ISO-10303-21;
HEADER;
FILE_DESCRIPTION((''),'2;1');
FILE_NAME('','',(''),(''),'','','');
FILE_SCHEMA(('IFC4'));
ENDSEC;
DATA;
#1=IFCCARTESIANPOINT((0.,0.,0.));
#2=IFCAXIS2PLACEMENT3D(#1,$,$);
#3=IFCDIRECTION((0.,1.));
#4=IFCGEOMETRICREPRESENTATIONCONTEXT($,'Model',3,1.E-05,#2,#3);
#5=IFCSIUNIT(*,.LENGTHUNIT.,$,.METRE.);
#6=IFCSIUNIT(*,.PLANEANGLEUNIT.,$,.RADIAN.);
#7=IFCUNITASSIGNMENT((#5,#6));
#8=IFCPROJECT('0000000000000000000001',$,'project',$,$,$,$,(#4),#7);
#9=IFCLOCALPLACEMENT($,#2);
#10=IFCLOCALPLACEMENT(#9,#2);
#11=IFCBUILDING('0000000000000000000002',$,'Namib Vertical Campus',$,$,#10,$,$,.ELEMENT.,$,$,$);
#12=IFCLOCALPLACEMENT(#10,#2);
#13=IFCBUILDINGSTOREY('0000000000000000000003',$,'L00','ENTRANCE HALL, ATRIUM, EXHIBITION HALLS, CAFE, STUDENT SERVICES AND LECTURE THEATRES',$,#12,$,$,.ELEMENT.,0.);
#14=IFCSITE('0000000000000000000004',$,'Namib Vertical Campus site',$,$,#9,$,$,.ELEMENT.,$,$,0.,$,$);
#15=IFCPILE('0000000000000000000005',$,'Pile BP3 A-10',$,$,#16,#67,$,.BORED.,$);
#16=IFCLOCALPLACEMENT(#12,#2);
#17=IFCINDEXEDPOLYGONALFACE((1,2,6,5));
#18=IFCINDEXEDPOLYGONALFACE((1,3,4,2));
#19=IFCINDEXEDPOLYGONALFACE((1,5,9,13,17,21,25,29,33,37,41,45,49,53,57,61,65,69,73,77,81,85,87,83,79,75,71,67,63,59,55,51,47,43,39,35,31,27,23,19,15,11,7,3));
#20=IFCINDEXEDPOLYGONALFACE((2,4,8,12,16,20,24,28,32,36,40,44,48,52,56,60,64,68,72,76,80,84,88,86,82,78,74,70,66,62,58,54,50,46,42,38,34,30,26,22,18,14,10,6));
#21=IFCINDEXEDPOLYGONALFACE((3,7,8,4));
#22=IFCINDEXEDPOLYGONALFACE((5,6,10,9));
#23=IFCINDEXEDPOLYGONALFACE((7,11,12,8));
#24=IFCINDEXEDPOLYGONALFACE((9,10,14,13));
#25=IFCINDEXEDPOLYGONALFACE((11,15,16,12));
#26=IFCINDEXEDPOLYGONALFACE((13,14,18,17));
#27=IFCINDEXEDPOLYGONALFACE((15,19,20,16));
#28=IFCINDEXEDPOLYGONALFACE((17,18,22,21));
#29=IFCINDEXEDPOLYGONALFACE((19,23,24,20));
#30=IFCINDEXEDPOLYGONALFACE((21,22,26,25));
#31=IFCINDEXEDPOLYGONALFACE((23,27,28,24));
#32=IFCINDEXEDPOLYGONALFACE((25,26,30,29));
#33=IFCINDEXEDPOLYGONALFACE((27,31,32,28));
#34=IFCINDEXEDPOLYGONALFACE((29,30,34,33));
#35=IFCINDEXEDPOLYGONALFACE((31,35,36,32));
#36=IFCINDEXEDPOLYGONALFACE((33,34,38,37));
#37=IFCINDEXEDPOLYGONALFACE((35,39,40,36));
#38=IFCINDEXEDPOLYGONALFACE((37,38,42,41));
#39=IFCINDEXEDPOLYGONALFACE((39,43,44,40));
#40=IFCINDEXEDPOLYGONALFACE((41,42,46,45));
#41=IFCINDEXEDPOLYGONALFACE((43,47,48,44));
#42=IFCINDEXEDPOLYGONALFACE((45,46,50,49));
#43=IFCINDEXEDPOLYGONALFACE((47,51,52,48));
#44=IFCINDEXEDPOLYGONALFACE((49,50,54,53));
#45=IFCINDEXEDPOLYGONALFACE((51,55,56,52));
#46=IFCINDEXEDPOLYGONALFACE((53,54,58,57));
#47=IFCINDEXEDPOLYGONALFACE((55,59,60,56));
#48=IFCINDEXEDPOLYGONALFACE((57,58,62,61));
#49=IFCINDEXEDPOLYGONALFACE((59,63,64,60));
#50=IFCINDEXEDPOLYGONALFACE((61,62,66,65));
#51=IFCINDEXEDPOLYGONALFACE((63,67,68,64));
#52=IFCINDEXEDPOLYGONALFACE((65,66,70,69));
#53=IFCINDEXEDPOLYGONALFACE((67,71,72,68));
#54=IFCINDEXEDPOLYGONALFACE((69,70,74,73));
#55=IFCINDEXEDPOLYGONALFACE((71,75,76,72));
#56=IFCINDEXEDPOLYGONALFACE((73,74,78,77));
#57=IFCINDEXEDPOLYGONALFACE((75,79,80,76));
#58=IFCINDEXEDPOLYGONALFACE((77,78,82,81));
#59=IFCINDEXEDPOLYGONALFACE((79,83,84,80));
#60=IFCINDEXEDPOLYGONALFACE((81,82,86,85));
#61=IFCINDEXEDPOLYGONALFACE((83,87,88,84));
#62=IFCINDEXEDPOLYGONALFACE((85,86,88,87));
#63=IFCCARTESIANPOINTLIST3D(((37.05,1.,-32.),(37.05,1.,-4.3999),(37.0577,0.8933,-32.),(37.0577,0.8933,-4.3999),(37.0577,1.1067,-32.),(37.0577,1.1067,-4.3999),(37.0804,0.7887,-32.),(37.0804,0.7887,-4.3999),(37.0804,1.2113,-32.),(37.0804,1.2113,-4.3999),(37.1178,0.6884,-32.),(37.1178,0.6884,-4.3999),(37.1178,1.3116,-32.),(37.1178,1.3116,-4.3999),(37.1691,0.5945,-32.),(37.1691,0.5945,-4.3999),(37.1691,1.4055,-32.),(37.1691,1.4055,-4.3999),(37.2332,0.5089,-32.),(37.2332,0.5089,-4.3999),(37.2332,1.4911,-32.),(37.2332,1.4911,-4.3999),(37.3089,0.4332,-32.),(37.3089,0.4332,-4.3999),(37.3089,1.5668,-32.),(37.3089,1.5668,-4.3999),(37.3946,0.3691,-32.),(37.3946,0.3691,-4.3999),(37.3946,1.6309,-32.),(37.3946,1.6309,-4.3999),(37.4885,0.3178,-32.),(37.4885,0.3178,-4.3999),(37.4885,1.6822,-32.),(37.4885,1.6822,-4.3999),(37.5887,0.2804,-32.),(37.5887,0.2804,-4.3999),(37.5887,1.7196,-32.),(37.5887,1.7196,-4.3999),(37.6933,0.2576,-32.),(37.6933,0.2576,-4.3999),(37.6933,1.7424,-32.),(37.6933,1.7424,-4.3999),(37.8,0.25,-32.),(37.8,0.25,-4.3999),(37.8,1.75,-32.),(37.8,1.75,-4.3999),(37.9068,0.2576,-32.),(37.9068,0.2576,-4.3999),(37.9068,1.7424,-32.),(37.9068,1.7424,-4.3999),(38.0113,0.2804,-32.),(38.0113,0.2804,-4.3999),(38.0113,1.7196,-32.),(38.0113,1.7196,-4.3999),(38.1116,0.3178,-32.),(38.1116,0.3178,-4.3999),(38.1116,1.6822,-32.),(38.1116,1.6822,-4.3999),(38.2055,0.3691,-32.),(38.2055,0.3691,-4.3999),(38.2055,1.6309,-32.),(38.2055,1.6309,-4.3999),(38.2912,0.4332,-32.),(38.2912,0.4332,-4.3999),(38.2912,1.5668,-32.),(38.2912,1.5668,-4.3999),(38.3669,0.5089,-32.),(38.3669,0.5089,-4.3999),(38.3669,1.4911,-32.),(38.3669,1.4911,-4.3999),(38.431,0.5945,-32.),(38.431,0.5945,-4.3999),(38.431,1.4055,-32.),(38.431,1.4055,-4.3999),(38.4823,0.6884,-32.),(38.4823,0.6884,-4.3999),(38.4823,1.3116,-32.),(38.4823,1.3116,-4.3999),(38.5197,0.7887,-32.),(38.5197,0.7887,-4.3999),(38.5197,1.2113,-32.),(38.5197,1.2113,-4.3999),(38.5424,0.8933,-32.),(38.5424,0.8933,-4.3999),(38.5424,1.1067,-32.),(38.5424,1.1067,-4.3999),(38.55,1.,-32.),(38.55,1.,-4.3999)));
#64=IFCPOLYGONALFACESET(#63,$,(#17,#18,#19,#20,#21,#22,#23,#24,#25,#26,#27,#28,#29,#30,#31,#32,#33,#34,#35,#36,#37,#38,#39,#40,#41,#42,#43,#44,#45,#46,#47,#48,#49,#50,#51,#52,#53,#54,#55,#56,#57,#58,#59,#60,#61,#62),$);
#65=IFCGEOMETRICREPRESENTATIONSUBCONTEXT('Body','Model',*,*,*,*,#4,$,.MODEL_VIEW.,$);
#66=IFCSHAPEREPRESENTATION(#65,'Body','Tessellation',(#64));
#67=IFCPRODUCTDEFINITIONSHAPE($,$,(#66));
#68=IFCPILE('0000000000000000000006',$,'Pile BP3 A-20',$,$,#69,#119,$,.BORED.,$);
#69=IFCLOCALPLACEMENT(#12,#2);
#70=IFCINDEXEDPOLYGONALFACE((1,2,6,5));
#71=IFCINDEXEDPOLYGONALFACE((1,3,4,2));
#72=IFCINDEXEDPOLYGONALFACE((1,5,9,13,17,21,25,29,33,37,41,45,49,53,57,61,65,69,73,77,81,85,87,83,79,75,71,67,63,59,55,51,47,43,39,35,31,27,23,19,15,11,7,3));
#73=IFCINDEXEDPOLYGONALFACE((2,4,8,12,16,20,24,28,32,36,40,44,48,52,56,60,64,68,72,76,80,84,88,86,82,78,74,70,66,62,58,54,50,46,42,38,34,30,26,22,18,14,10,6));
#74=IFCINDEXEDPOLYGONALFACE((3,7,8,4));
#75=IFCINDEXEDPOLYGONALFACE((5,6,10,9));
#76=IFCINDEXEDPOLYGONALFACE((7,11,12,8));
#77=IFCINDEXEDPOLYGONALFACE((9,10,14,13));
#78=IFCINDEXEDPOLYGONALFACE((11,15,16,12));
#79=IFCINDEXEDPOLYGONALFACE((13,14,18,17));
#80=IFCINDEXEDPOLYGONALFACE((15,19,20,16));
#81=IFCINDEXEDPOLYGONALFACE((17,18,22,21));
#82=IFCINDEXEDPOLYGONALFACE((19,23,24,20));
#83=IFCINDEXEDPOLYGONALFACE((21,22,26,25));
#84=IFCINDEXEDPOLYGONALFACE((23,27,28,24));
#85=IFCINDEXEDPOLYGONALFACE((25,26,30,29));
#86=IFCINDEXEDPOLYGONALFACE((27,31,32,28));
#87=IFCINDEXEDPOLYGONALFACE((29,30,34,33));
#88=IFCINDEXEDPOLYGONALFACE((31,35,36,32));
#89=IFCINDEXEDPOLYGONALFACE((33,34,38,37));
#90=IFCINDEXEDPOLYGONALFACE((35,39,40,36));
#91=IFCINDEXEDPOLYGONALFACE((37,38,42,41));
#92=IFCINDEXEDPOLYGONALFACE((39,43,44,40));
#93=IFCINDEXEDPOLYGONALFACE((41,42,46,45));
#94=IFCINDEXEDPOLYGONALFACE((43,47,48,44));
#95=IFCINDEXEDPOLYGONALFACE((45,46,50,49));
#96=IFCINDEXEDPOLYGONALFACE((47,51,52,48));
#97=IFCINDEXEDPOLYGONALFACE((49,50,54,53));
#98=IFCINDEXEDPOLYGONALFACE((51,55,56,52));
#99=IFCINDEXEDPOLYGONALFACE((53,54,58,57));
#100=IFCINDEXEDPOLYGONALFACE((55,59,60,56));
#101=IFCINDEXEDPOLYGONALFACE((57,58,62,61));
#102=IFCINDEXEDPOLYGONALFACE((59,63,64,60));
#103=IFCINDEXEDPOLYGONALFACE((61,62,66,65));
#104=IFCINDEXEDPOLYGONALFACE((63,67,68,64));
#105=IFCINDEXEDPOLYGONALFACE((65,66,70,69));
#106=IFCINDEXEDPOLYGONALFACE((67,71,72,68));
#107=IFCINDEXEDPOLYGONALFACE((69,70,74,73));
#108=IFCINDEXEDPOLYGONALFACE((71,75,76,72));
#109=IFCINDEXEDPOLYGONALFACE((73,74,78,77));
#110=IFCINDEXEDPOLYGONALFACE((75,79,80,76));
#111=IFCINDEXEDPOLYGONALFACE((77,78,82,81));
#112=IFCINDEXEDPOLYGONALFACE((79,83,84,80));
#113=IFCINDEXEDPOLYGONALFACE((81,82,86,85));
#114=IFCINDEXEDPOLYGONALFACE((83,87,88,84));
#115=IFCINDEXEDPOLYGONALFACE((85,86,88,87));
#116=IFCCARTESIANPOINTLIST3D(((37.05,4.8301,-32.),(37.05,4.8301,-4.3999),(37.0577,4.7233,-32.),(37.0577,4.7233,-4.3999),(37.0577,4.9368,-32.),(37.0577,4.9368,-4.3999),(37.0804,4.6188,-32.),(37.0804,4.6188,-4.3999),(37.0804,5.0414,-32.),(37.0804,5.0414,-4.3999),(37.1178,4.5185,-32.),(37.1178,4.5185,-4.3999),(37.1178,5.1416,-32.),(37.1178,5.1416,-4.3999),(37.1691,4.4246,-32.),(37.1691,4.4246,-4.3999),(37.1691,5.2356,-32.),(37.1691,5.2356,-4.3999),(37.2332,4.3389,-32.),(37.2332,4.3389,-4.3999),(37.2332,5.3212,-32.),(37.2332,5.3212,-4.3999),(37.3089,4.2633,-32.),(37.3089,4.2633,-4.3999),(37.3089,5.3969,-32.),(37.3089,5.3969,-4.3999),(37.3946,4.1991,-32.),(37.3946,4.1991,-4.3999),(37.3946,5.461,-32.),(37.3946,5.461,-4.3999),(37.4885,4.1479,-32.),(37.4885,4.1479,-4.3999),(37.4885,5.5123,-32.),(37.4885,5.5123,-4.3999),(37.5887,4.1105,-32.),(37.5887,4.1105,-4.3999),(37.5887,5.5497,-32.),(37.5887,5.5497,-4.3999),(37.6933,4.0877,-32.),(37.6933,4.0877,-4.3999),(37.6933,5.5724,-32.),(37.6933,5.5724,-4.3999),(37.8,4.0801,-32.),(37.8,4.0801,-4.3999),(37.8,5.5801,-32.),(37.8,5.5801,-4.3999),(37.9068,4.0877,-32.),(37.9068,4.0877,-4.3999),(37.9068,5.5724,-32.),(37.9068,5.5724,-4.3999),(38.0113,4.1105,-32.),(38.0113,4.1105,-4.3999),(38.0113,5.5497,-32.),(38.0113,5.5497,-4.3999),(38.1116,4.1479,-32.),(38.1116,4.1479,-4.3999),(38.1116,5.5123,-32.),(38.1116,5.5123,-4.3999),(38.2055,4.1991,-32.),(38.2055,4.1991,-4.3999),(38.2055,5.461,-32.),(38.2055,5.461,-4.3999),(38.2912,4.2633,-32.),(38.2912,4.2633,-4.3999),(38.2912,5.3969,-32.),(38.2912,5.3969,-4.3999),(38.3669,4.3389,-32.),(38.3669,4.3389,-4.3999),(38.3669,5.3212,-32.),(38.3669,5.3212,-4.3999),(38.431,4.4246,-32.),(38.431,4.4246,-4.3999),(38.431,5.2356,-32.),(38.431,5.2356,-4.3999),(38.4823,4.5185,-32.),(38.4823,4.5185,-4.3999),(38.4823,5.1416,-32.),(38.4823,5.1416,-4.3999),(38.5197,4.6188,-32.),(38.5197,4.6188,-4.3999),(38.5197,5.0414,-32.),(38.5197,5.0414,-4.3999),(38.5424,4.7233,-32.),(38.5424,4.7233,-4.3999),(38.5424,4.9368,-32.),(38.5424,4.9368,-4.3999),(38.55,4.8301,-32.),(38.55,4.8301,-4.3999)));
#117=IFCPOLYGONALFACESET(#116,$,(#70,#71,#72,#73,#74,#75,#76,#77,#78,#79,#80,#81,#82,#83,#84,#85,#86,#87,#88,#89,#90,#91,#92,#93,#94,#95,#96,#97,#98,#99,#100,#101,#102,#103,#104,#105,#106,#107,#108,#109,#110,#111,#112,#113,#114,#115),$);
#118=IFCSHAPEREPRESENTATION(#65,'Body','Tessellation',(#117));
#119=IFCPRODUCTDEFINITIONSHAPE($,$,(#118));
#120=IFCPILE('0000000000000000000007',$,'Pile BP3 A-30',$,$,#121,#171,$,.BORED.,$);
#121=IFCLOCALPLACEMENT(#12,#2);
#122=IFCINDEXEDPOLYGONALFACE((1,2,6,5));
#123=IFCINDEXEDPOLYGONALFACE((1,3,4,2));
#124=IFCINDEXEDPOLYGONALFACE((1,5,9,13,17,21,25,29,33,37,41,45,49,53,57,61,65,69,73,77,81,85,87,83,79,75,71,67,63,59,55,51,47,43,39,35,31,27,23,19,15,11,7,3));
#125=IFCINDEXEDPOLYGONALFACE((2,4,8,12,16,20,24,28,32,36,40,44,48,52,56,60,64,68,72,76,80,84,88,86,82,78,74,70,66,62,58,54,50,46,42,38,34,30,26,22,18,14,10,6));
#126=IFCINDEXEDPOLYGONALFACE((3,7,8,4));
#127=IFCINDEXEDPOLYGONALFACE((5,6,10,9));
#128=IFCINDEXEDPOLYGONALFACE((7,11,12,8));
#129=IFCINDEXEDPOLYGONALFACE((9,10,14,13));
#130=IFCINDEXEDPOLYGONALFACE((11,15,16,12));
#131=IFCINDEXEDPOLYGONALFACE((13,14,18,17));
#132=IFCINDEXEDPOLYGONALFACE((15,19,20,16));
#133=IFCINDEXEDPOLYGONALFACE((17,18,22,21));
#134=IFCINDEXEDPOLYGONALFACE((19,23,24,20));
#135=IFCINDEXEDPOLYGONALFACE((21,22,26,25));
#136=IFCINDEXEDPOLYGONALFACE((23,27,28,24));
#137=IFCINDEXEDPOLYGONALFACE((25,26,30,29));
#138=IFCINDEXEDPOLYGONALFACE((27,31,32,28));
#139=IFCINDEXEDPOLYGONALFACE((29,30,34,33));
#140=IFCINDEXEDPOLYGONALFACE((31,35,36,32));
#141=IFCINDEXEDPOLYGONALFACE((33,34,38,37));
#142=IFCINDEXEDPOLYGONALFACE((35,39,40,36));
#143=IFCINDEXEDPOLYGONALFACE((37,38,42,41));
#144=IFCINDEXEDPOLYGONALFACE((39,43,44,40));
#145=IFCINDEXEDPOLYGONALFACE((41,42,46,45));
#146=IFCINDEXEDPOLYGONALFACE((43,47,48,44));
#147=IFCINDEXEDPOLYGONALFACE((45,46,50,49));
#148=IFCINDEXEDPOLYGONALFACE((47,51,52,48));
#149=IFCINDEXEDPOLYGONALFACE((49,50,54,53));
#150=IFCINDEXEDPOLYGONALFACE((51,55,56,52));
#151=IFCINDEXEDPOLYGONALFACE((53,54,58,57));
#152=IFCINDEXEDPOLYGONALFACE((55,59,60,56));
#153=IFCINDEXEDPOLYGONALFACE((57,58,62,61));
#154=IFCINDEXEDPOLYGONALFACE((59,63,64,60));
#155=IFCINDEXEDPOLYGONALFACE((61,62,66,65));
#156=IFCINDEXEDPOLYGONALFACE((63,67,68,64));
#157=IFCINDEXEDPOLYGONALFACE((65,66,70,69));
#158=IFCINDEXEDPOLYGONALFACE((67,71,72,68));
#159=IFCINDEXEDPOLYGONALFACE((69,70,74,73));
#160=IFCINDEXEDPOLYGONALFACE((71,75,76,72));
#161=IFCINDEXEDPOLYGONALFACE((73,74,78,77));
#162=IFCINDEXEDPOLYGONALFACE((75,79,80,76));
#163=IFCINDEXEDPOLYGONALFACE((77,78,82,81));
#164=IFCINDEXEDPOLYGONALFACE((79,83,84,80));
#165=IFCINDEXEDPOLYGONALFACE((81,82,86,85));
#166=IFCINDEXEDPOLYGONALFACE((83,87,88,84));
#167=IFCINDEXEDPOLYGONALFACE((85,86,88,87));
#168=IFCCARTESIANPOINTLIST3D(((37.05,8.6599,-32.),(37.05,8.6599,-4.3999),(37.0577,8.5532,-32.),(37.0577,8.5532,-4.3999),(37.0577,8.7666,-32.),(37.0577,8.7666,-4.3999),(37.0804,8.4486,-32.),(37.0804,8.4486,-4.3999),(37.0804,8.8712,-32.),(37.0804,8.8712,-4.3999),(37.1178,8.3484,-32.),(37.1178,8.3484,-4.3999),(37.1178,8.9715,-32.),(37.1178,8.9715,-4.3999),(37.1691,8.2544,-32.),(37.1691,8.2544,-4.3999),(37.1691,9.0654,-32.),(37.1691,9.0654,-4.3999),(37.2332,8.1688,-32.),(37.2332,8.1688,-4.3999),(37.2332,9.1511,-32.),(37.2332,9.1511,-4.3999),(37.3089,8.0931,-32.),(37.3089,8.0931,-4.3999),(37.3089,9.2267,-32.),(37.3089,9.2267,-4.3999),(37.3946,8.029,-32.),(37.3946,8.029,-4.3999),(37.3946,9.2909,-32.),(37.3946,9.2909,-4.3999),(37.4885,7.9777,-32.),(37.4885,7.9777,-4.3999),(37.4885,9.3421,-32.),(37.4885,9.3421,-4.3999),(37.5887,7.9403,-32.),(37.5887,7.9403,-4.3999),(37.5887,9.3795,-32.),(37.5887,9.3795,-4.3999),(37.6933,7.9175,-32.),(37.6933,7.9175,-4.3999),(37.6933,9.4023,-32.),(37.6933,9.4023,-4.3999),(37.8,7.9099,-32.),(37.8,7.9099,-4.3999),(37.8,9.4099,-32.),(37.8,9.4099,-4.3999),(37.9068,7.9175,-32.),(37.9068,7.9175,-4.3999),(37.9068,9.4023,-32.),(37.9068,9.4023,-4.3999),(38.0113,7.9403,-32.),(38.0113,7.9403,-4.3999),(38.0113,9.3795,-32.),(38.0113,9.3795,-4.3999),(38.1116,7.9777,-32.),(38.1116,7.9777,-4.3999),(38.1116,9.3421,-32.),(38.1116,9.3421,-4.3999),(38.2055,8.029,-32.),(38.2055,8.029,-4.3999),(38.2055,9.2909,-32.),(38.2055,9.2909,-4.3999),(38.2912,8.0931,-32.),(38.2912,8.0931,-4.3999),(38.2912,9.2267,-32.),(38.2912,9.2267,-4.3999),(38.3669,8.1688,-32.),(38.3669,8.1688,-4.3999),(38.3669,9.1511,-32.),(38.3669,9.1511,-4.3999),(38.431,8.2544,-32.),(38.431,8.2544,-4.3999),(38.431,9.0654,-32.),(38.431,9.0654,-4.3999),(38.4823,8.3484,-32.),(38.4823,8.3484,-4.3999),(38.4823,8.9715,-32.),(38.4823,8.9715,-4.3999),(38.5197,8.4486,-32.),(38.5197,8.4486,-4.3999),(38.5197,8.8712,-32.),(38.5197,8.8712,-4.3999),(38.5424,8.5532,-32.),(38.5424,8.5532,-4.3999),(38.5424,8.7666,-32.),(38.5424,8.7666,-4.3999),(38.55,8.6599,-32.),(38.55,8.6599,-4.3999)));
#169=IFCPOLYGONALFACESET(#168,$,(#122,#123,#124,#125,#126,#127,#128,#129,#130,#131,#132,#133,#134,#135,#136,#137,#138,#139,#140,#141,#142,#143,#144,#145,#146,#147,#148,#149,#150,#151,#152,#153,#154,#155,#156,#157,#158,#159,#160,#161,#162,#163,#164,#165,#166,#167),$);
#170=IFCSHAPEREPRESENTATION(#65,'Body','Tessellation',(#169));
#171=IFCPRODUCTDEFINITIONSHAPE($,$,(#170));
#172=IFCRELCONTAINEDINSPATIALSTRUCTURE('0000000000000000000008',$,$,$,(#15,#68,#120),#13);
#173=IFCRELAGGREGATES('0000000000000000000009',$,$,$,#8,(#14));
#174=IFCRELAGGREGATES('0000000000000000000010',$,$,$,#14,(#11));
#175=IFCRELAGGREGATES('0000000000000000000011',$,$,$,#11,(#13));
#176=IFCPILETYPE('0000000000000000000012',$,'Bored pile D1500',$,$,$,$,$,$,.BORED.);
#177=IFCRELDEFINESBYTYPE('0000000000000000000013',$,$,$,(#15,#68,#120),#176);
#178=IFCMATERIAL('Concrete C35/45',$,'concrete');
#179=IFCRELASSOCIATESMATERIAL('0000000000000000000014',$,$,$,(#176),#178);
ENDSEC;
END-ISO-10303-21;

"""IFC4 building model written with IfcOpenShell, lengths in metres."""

from ifc_helpers import new_model, si_unit, direction, frame, origin, origin_2d, place, context, subcontext, project, spatial, circle, extrude, material, material_profile, profile_set, type_object, element, save


model = new_model("IFC4")

# Units and contexts
model_context = context("Model", 3, precision=1e-05, world=origin(), true_north=direction((0.0, 1.0)))
body_context = subcontext(model_context, "Body", "Model", "MODEL_VIEW")
ifc_project = project(units=[si_unit("LENGTHUNIT", "METRE"), si_unit("PLANEANGLEUNIT", "RADIAN")], contexts=[model_context])

# Site, building, storey
site_placement = place(None, origin())
site = spatial("IfcSite", under=ifc_project, at=site_placement, Name="Namib Vertical Campus site", CompositionType="ELEMENT", RefElevation=0.0)
building_placement = place(site_placement, origin())
building = spatial("IfcBuilding", under=site, at=building_placement, Name="Namib Vertical Campus", CompositionType="ELEMENT")
storey_placement = place(building_placement, origin())
storey = spatial("IfcBuildingStorey", under=building, at=storey_placement, Name="L00", Description="ENTRANCE HALL, ATRIUM, EXHIBITION HALLS, CAFE, STUDENT SERVICES AND LECTURE THEATRES", CompositionType="ELEMENT", Elevation=0.0)

# Piles
ifc_material_1 = material(Name="Concrete C35/45", Category="concrete")
ifc_material_profile_1 = material_profile(ifc_material_1, circle(Radius=0.75, at=origin_2d()))
ifc_profile_set_1 = profile_set([ifc_material_profile_1], Name="Concrete C35/45")
pile_type = type_object("IfcPileType", Name="Bored pile D1500", PredefinedType="BORED", material=ifc_profile_set_1)
for number, where, z_axis, x_axis, name in (
    (1, (37.8, 1.0, -4.3999), (0.0, 0.0, -1.0), (1.0, 0.0, 0.0), "Pile BP3 A-10"),
    (2, (37.8, 4.8301, -4.3999), (0.0, 0.0, -1.0), (1.0, 0.0, 0.0), "Pile BP3 A-20"),
    (3, (37.8, 8.6599, -4.3999), (0.0, 0.0, -1.0), (1.0, 0.0, 0.0), "Pile BP3 A-30"),
):
    element("IfcPile", number, at=place(storey_placement, frame(where, z_axis=z_axis, x_axis=x_axis)), inside=storey, type_object=pile_type, Name=name, PredefinedType="BORED", context=body_context, shape_type="SweptSolid", body=[
        extrude(circle(Radius=0.75, at=origin_2d()), origin(), (0.0, 0.0, 1.0), 27.6001),
    ])

save(model, "model.ifc")
